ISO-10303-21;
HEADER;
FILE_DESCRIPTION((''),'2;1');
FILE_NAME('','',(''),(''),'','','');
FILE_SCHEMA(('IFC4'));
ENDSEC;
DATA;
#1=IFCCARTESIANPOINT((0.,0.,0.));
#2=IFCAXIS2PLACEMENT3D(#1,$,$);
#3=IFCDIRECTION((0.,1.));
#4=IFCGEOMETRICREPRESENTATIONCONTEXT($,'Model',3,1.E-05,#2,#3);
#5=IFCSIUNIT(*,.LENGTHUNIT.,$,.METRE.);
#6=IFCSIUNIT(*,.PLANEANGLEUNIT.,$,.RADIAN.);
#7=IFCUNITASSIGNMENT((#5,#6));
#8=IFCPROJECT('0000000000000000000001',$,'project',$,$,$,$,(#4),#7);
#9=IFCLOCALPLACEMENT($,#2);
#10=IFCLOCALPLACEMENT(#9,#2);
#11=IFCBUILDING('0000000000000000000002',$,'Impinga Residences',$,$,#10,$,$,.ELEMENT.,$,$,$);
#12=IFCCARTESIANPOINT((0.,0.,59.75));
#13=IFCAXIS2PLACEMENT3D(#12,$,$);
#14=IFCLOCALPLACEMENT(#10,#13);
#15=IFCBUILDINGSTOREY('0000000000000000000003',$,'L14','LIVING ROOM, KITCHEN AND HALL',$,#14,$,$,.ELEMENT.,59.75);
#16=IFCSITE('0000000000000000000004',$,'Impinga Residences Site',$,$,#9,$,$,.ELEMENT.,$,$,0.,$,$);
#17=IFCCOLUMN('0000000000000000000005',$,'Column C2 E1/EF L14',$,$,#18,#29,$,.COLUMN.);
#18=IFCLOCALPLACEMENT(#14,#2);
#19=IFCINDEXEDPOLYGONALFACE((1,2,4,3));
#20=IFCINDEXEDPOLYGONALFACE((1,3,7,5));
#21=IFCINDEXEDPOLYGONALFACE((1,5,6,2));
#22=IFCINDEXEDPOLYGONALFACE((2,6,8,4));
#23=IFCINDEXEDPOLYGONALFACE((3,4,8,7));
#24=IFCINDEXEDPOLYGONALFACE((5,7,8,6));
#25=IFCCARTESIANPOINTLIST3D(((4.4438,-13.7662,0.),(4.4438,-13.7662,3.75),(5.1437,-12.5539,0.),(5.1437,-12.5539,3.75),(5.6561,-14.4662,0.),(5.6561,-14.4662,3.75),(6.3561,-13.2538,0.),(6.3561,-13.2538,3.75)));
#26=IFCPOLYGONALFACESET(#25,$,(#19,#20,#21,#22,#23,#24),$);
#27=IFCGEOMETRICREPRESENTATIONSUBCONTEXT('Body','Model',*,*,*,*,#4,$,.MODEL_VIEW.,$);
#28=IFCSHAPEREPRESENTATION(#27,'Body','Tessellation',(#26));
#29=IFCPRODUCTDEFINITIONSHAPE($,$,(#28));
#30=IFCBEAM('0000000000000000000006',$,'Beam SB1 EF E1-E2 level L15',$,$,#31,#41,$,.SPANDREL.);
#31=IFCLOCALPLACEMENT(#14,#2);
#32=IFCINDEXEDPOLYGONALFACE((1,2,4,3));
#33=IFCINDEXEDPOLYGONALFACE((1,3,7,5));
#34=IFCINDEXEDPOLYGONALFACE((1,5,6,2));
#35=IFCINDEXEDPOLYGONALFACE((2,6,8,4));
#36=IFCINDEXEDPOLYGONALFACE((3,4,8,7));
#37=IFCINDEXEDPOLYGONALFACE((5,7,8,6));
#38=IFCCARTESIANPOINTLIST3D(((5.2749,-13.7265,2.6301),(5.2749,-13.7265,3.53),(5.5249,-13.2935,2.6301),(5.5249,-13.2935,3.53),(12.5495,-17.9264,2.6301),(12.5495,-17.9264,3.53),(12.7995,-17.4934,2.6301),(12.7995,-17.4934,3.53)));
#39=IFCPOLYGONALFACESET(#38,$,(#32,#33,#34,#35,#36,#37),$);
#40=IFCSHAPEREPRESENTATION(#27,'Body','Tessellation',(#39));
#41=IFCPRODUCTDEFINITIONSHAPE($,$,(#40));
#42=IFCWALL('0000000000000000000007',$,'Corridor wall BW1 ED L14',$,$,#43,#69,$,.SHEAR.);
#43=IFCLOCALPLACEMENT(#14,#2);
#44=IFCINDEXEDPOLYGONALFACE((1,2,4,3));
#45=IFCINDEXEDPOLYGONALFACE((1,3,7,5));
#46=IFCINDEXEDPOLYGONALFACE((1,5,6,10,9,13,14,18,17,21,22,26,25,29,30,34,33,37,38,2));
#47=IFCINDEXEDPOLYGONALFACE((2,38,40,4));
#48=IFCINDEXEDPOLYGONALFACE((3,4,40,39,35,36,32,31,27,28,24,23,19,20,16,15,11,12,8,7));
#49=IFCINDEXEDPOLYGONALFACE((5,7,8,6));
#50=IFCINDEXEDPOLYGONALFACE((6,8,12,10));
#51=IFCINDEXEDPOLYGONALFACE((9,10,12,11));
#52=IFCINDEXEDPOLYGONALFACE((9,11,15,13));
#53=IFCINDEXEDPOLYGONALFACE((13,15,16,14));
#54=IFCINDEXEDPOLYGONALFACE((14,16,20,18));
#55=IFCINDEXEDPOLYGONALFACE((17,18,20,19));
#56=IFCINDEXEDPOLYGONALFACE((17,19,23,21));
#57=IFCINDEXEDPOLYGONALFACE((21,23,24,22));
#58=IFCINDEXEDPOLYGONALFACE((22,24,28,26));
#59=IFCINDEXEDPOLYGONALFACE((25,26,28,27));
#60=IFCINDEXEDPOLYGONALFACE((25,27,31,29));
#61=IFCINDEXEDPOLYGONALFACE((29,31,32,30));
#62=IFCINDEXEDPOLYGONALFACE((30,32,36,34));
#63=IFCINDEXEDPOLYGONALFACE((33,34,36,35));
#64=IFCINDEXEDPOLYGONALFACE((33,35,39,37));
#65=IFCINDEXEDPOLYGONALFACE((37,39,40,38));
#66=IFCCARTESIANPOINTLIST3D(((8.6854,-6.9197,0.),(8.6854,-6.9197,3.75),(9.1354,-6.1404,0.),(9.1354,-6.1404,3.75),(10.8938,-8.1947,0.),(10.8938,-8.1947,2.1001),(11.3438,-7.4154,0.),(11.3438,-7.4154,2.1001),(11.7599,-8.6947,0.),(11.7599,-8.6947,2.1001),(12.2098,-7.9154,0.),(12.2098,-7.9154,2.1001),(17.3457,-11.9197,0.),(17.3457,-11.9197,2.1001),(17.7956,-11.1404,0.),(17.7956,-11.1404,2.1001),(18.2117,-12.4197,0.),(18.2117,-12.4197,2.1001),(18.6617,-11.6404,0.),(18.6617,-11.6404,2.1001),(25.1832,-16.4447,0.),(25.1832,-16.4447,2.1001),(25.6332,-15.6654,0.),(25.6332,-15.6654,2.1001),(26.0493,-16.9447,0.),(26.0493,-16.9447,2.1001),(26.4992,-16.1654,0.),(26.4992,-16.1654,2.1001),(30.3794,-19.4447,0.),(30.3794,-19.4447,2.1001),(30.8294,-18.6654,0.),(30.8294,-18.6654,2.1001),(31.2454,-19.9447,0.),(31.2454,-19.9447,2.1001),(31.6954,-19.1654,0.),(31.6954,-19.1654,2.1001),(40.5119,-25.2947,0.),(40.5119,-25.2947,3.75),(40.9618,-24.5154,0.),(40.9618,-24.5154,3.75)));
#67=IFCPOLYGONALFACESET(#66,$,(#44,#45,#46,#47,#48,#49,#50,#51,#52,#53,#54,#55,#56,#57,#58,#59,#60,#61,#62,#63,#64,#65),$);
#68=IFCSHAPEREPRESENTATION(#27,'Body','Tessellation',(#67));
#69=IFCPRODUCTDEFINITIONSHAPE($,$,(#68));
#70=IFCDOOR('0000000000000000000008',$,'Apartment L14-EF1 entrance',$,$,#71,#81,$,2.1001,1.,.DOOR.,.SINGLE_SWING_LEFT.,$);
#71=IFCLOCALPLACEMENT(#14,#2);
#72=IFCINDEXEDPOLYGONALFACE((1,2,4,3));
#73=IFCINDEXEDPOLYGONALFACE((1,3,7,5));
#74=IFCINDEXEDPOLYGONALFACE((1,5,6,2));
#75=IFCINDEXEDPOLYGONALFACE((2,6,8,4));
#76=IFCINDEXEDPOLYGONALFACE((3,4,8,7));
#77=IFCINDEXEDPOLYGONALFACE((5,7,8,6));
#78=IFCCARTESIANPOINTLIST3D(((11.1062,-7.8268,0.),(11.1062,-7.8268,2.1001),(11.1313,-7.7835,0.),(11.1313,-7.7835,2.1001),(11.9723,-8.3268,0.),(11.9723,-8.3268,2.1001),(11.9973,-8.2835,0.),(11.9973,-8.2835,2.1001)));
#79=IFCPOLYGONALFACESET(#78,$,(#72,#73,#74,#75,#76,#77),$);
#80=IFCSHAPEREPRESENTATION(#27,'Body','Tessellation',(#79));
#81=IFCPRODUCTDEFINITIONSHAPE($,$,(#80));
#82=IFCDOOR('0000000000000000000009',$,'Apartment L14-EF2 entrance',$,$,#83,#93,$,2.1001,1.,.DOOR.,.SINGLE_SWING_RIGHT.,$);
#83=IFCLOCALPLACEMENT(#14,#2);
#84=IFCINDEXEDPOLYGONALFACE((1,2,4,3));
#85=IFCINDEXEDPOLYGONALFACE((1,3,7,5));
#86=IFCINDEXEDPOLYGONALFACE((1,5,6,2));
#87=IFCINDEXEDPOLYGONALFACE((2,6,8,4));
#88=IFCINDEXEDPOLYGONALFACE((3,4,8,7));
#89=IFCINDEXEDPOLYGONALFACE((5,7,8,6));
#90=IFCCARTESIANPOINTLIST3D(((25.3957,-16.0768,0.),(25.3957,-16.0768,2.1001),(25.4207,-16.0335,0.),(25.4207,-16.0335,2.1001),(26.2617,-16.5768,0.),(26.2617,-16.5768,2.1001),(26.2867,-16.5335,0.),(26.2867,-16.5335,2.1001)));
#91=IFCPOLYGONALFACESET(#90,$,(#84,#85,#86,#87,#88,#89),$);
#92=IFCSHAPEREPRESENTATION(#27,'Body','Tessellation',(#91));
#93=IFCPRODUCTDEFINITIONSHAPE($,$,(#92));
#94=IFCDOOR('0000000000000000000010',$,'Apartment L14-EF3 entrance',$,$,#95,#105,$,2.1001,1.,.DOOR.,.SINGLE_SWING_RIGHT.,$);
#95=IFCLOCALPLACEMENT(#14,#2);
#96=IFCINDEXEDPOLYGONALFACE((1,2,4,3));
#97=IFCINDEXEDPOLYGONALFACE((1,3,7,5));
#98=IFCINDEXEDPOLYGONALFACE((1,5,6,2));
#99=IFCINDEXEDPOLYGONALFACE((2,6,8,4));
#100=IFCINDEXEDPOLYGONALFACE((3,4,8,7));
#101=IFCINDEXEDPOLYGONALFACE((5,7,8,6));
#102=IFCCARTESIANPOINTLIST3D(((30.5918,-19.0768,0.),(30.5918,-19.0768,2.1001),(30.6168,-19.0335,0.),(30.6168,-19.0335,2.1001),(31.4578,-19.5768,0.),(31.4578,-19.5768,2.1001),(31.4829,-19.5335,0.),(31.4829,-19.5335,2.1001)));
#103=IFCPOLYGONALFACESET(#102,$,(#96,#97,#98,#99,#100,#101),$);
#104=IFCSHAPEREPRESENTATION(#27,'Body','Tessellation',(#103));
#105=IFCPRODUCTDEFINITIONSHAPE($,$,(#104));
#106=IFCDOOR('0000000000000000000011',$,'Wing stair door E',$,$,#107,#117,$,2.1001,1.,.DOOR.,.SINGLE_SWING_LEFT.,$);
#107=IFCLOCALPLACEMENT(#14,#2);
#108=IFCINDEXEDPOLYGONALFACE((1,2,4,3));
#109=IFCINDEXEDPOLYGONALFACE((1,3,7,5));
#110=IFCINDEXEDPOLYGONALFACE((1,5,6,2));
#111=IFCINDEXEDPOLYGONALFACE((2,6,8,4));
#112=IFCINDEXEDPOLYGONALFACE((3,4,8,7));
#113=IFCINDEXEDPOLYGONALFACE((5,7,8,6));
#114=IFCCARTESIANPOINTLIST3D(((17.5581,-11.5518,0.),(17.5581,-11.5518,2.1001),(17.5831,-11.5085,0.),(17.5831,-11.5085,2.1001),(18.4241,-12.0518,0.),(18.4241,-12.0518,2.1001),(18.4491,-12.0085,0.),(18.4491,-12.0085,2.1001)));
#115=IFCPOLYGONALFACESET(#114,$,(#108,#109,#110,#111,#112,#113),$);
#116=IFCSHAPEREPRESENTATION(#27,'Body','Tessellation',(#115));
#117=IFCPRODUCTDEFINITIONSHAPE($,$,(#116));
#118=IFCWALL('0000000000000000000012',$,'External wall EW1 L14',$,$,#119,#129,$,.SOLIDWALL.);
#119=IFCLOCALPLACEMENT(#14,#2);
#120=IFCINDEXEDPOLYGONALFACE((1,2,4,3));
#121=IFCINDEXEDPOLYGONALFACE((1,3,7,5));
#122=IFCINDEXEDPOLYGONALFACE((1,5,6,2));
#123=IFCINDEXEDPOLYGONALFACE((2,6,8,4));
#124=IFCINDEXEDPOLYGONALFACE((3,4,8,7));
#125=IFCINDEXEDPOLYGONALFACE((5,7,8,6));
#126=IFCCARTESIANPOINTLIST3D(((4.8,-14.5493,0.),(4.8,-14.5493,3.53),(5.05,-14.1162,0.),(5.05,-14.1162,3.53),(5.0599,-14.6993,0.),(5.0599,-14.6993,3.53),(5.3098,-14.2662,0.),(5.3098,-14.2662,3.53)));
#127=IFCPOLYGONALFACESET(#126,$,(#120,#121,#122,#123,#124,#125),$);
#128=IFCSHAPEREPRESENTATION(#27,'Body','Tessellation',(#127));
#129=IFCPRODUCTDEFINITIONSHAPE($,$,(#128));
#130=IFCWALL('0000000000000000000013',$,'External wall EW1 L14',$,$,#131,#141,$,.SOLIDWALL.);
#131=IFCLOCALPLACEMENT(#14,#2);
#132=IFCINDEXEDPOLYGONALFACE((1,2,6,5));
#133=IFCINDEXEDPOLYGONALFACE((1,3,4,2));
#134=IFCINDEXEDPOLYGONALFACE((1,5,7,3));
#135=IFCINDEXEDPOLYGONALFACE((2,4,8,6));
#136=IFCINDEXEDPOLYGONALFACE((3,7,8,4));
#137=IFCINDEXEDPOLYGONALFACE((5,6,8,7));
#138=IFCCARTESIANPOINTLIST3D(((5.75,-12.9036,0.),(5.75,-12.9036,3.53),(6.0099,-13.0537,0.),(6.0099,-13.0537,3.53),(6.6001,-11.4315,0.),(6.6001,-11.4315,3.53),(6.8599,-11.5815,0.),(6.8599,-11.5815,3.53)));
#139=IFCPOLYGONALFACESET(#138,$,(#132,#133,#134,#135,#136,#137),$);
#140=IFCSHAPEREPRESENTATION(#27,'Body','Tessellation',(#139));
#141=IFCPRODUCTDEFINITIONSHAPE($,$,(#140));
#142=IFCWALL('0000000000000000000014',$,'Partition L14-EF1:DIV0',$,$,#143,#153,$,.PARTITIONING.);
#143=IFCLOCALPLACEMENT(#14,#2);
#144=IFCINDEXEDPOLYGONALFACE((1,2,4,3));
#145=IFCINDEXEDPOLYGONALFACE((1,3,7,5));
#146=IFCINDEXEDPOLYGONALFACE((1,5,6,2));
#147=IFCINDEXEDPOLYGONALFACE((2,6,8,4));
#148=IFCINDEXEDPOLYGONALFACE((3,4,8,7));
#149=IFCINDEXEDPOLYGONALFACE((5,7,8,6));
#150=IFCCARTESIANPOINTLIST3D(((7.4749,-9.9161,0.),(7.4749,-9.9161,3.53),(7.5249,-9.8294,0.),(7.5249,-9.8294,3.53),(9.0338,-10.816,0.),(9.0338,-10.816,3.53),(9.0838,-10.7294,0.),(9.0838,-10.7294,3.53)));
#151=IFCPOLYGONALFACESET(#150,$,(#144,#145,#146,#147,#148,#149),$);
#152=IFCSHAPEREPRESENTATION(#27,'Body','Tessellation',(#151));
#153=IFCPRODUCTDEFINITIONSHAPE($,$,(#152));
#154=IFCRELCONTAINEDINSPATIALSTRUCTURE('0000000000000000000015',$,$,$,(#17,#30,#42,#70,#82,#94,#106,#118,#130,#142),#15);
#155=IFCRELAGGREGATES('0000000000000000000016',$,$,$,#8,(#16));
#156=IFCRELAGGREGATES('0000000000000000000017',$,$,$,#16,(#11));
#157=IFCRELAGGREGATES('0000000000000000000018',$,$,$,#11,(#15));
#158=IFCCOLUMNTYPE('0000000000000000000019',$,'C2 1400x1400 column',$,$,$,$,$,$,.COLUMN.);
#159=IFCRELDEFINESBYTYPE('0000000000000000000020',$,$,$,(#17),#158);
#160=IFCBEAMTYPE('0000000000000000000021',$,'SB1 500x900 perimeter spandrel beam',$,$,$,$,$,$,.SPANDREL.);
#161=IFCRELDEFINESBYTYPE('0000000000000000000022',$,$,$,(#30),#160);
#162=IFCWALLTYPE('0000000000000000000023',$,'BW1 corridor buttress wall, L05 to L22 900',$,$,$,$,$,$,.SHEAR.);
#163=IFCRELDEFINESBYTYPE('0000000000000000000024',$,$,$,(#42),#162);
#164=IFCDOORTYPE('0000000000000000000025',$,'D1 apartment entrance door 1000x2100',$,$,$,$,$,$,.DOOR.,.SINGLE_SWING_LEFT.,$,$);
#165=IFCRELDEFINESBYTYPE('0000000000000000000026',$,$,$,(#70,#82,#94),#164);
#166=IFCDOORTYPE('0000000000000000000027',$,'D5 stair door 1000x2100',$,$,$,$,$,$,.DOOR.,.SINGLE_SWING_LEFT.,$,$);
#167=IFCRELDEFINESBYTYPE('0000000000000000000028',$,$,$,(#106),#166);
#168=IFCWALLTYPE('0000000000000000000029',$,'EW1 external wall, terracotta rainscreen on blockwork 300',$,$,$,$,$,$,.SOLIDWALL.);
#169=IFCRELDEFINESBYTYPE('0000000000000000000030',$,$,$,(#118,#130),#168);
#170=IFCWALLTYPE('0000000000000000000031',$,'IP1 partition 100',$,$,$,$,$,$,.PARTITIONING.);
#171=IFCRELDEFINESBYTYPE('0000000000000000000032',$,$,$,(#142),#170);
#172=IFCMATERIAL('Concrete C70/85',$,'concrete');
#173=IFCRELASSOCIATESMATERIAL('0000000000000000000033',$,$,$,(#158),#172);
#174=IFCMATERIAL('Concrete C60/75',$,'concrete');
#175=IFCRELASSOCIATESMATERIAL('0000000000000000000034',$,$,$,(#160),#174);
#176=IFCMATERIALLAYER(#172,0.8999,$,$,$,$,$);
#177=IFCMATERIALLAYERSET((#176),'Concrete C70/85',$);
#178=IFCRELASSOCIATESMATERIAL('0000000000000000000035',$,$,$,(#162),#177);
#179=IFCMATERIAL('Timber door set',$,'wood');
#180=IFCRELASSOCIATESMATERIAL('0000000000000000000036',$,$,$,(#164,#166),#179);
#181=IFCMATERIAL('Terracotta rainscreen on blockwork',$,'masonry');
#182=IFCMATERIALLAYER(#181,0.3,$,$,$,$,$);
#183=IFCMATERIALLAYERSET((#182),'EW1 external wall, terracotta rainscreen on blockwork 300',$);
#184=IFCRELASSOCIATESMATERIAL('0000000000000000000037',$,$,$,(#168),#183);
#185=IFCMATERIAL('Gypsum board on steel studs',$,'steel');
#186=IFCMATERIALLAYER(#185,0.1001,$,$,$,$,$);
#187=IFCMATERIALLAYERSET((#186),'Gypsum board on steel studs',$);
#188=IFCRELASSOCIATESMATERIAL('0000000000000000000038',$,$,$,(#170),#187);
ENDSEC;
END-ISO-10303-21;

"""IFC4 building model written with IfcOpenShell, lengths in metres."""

from ifc_helpers import new_model, si_unit, direction, frame, frame_2d, origin, origin_2d, place, context, subcontext, project, spatial, rectangle, extrude, material, layer, layer_set, material_profile, profile_set, type_object, element, fill, save


model = new_model("IFC4")

# Units and contexts
model_context = context("Model", 3, precision=1e-05, world=origin(), true_north=direction((0.0, 1.0)))
body_context = subcontext(model_context, "Body", "Model", "MODEL_VIEW")
ifc_project = project(units=[si_unit("LENGTHUNIT", "METRE"), si_unit("PLANEANGLEUNIT", "RADIAN")], contexts=[model_context])

# Site, building, storey
site_placement = place(None, origin())
site = spatial("IfcSite", under=ifc_project, at=site_placement, Name="Impinga Residences Site", CompositionType="ELEMENT", RefElevation=0.0)
building_placement = place(site_placement, origin())
building = spatial("IfcBuilding", under=site, at=building_placement, Name="Impinga Residences", CompositionType="ELEMENT")
storey_placement = place(building_placement, frame((0.0, 0.0, 59.75)))
storey = spatial("IfcBuildingStorey", under=building, at=storey_placement, Name="L14", Description="LIVING ROOM, KITCHEN AND HALL", CompositionType="ELEMENT", Elevation=59.75)

# Column
ifc_material_1 = material(Name="Concrete C70/85", Category="concrete")
ifc_material_profile_1 = material_profile(ifc_material_1, rectangle(XDim=1.3999, YDim=1.3999, at=origin_2d()), Name="RC 1400x1400")
ifc_profile_set_1 = profile_set([ifc_material_profile_1], Name="Concrete C70/85")
column_type = type_object("IfcColumnType", Name="C2 1400x1400 column", PredefinedType="COLUMN", material=ifc_profile_set_1)
column_placement = place(storey_placement, frame((5.3999, -13.51, 0.0), z_axis=(0.0, 0.0, 1.0), x_axis=(-0.5, -0.866025, 0.0)))
element("IfcColumn", 1, at=column_placement, inside=storey, type_object=column_type, Name="Column C2 E1/EF L14", PredefinedType="COLUMN", context=body_context, shape_type="SweptSolid", body=[
    extrude(rectangle(XDim=1.3999, YDim=1.3999, at=origin_2d()), origin(), (0.0, 0.0, 1.0), 3.75),
])

# Beam
ifc_material_2 = material(Name="Concrete C60/75", Category="concrete")
ifc_material_profile_2 = material_profile(ifc_material_2, rectangle(XDim=0.5, YDim=0.8999, at=origin_2d()), Name="RC 500x900")
ifc_profile_set_2 = profile_set([ifc_material_profile_2], Name="Concrete C60/75")
beam_type = type_object("IfcBeamType", Name="SB1 500x900 perimeter spandrel beam", PredefinedType="SPANDREL", material=ifc_profile_set_2)
beam_placement = place(storey_placement, frame((5.3999, -13.51, 3.0801), z_axis=(0.866029, -0.499993, 0.0), x_axis=(0.499993, 0.866029, 0.0)))
element("IfcBeam", 2, at=beam_placement, inside=storey, type_object=beam_type, Name="Beam SB1 EF E1-E2 level L15", PredefinedType="SPANDREL", context=body_context, shape_type="SweptSolid", body=[
    extrude(rectangle(XDim=0.5, YDim=0.8999, at=origin_2d()), origin(), (0.0, 0.0, 1.0), 8.3999),
])

# Wall, openings, doors
ifc_layer_1 = layer(ifc_material_1, 0.8999)
ifc_layer_set_1 = layer_set([ifc_layer_1], Name="Concrete C70/85")
wall_type_1 = type_object("IfcWallType", Name="BW1 corridor buttress wall, L05 to L22 900", PredefinedType="SHEAR", material=ifc_layer_set_1)
wall_1_placement = place(storey_placement, frame((8.9104, -6.53, 0.0), z_axis=(0.0, 0.0, 1.0), x_axis=(0.866025, -0.5, 0.0)))
wall_1 = element("IfcWall", 3, at=wall_1_placement, inside=storey, type_object=wall_type_1, Name="Corridor wall BW1 ED L14", PredefinedType="SHEAR", context=body_context, shape_type="SweptSolid", body=[
    extrude(rectangle(XDim=36.75, YDim=0.8999, at=frame_2d((18.375, 0.0))), origin(), (0.0, 0.0, 1.0), 3.75),
])
opening_1_placement = place(wall_1_placement, frame((10.0, 0.0, 0.0)))
opening_1 = element("IfcOpeningElement", 4, at=opening_1_placement, cuts=wall_1, PredefinedType="OPENING", context=body_context, shape_type="SweptSolid", body=[
    extrude(rectangle(XDim=1.0, YDim=2.1001, at=frame_2d((0.5, 1.05))), frame((0.0, 0.46, 0.0), z_axis=(0.0, -1.0, 0.0), x_axis=(1.0, 0.0, 0.0)), (0.0, 0.0, 1.0), 0.9199),
])
opening_2_placement = place(wall_1_placement, frame((2.55, 0.0, 0.0)))
opening_2 = element("IfcOpeningElement", 5, at=opening_2_placement, cuts=wall_1, PredefinedType="OPENING", context=body_context, shape_type="SweptSolid", body=[
    extrude(rectangle(XDim=1.0, YDim=2.1001, at=frame_2d((0.5, 1.05))), frame((0.0, 0.46, 0.0), z_axis=(0.0, -1.0, 0.0), x_axis=(1.0, 0.0, 0.0)), (0.0, 0.0, 1.0), 0.9199),
])
opening_3_placement = place(wall_1_placement, frame((19.05, 0.0, 0.0)))
opening_3 = element("IfcOpeningElement", 6, at=opening_3_placement, cuts=wall_1, PredefinedType="OPENING", context=body_context, shape_type="SweptSolid", body=[
    extrude(rectangle(XDim=1.0, YDim=2.1001, at=frame_2d((0.5, 1.05))), frame((0.0, 0.46, 0.0), z_axis=(0.0, -1.0, 0.0), x_axis=(1.0, 0.0, 0.0)), (0.0, 0.0, 1.0), 0.9199),
])
opening_4_placement = place(wall_1_placement, frame((25.05, 0.0, 0.0)))
opening_4 = element("IfcOpeningElement", 7, at=opening_4_placement, cuts=wall_1, PredefinedType="OPENING", context=body_context, shape_type="SweptSolid", body=[
    extrude(rectangle(XDim=1.0, YDim=2.1001, at=frame_2d((0.5, 1.05))), frame((0.0, 0.46, 0.0), z_axis=(0.0, -1.0, 0.0), x_axis=(1.0, 0.0, 0.0)), (0.0, 0.0, 1.0), 0.9199),
])
ifc_material_3 = material(Name="Timber door set", Category="wood")
door_type_1 = type_object("IfcDoorType", Name="D1 apartment entrance door 1000x2100", OperationType="SINGLE_SWING_LEFT", PredefinedType="DOOR", material=ifc_material_3)
door_1_placement = place(opening_2_placement, origin())
door_1 = element("IfcDoor", 8, at=door_1_placement, inside=storey, type_object=door_type_1, Name="Apartment L14-EF1 entrance", OperationType="SINGLE_SWING_LEFT", OverallHeight=2.1001, OverallWidth=1.0, PredefinedType="DOOR", context=body_context, shape_type="SweptSolid", body=[
    extrude(rectangle(XDim=1.0, YDim=2.1001, at=frame_2d((0.5, 1.05))), frame((0.0, 0.0249, 0.0), z_axis=(0.0, -1.0, 0.0), x_axis=(1.0, 0.0, 0.0)), (0.0, 0.0, 1.0), 0.05),
])
fill(opening_2, door_1)
door_2_placement = place(opening_3_placement, origin())
door_2 = element("IfcDoor", 9, at=door_2_placement, inside=storey, type_object=door_type_1, Name="Apartment L14-EF2 entrance", OperationType="SINGLE_SWING_RIGHT", OverallHeight=2.1001, OverallWidth=1.0, PredefinedType="DOOR", context=body_context, shape_type="SweptSolid", body=[
    extrude(rectangle(XDim=1.0, YDim=2.1001, at=frame_2d((0.5, 1.05))), frame((0.0, 0.0249, 0.0), z_axis=(0.0, -1.0, 0.0), x_axis=(1.0, 0.0, 0.0)), (0.0, 0.0, 1.0), 0.05),
])
fill(opening_3, door_2)
door_3_placement = place(opening_4_placement, origin())
door_3 = element("IfcDoor", 10, at=door_3_placement, inside=storey, type_object=door_type_1, Name="Apartment L14-EF3 entrance", OperationType="SINGLE_SWING_RIGHT", OverallHeight=2.1001, OverallWidth=1.0, PredefinedType="DOOR", context=body_context, shape_type="SweptSolid", body=[
    extrude(rectangle(XDim=1.0, YDim=2.1001, at=frame_2d((0.5, 1.05))), frame((0.0, 0.0249, 0.0), z_axis=(0.0, -1.0, 0.0), x_axis=(1.0, 0.0, 0.0)), (0.0, 0.0, 1.0), 0.05),
])
fill(opening_4, door_3)
door_type_2 = type_object("IfcDoorType", Name="D5 stair door 1000x2100", OperationType="SINGLE_SWING_LEFT", PredefinedType="DOOR", material=ifc_material_3)
door_4_placement = place(opening_1_placement, origin())
door_4 = element("IfcDoor", 11, at=door_4_placement, inside=storey, type_object=door_type_2, Name="Wing stair door E", OperationType="SINGLE_SWING_LEFT", OverallHeight=2.1001, OverallWidth=1.0, PredefinedType="DOOR", context=body_context, shape_type="SweptSolid", body=[
    extrude(rectangle(XDim=1.0, YDim=2.1001, at=frame_2d((0.5, 1.05))), frame((0.0, 0.0249, 0.0), z_axis=(0.0, -1.0, 0.0), x_axis=(1.0, 0.0, 0.0)), (0.0, 0.0, 1.0), 0.05),
])
fill(opening_1, door_4)

# Walls
ifc_material_4 = material(Name="Terracotta rainscreen on blockwork", Category="masonry")
ifc_layer_2 = layer(ifc_material_4, 0.3)
ifc_layer_set_2 = layer_set([ifc_layer_2], Name="EW1 external wall, terracotta rainscreen on blockwork 300")
wall_type_2 = type_object("IfcWallType", Name="EW1 external wall, terracotta rainscreen on blockwork 300", PredefinedType="SOLIDWALL", material=ifc_layer_set_2)
wall_2_placement = place(storey_placement, frame((4.9299, -14.6243, 0.0), z_axis=(0.0, 0.0, 1.0), x_axis=(0.49992, 0.866072, 0.0)))
element("IfcWall", 12, at=wall_2_placement, inside=storey, type_object=wall_type_2, Name="External wall EW1 L14", PredefinedType="SOLIDWALL", context=body_context, shape_type="SweptSolid", body=[
    extrude(rectangle(XDim=0.5, YDim=0.3, at=frame_2d((0.25, 0.0))), origin(), (0.0, 0.0, 1.0), 3.53),
])
wall_3_placement = place(storey_placement, frame((5.8799, -12.9788, 0.0), z_axis=(0.0, 0.0, 1.0), x_axis=(0.500062, 0.865989, 0.0)))
element("IfcWall", 13, at=wall_3_placement, inside=storey, type_object=wall_type_2, Name="External wall EW1 L14", PredefinedType="SOLIDWALL", context=body_context, shape_type="SweptSolid", body=[
    extrude(rectangle(XDim=1.7, YDim=0.3, at=frame_2d((0.8501, 0.0))), origin(), (0.0, 0.0, 1.0), 3.53),
])
ifc_material_5 = material(Name="Gypsum board on steel studs", Category="steel")
ifc_layer_3 = layer(ifc_material_5, 0.1001)
ifc_layer_set_3 = layer_set([ifc_layer_3], Name="Gypsum board on steel studs")
wall_type_3 = type_object("IfcWallType", Name="IP1 partition 100", PredefinedType="PARTITIONING", material=ifc_layer_set_3)
wall_4_placement = place(storey_placement, frame((7.5, -9.8728, 0.0), z_axis=(0.0, 0.0, 1.0), x_axis=(0.866048, -0.499961, 0.0)))
element("IfcWall", 14, at=wall_4_placement, inside=storey, type_object=wall_type_3, Name="Partition L14-EF1:DIV0", PredefinedType="PARTITIONING", context=body_context, shape_type="SweptSolid", body=[
    extrude(rectangle(XDim=1.8, YDim=0.1001, at=frame_2d((0.8999, 0.0))), origin(), (0.0, 0.0, 1.0), 3.53),
])

save(model, "model.ifc")
